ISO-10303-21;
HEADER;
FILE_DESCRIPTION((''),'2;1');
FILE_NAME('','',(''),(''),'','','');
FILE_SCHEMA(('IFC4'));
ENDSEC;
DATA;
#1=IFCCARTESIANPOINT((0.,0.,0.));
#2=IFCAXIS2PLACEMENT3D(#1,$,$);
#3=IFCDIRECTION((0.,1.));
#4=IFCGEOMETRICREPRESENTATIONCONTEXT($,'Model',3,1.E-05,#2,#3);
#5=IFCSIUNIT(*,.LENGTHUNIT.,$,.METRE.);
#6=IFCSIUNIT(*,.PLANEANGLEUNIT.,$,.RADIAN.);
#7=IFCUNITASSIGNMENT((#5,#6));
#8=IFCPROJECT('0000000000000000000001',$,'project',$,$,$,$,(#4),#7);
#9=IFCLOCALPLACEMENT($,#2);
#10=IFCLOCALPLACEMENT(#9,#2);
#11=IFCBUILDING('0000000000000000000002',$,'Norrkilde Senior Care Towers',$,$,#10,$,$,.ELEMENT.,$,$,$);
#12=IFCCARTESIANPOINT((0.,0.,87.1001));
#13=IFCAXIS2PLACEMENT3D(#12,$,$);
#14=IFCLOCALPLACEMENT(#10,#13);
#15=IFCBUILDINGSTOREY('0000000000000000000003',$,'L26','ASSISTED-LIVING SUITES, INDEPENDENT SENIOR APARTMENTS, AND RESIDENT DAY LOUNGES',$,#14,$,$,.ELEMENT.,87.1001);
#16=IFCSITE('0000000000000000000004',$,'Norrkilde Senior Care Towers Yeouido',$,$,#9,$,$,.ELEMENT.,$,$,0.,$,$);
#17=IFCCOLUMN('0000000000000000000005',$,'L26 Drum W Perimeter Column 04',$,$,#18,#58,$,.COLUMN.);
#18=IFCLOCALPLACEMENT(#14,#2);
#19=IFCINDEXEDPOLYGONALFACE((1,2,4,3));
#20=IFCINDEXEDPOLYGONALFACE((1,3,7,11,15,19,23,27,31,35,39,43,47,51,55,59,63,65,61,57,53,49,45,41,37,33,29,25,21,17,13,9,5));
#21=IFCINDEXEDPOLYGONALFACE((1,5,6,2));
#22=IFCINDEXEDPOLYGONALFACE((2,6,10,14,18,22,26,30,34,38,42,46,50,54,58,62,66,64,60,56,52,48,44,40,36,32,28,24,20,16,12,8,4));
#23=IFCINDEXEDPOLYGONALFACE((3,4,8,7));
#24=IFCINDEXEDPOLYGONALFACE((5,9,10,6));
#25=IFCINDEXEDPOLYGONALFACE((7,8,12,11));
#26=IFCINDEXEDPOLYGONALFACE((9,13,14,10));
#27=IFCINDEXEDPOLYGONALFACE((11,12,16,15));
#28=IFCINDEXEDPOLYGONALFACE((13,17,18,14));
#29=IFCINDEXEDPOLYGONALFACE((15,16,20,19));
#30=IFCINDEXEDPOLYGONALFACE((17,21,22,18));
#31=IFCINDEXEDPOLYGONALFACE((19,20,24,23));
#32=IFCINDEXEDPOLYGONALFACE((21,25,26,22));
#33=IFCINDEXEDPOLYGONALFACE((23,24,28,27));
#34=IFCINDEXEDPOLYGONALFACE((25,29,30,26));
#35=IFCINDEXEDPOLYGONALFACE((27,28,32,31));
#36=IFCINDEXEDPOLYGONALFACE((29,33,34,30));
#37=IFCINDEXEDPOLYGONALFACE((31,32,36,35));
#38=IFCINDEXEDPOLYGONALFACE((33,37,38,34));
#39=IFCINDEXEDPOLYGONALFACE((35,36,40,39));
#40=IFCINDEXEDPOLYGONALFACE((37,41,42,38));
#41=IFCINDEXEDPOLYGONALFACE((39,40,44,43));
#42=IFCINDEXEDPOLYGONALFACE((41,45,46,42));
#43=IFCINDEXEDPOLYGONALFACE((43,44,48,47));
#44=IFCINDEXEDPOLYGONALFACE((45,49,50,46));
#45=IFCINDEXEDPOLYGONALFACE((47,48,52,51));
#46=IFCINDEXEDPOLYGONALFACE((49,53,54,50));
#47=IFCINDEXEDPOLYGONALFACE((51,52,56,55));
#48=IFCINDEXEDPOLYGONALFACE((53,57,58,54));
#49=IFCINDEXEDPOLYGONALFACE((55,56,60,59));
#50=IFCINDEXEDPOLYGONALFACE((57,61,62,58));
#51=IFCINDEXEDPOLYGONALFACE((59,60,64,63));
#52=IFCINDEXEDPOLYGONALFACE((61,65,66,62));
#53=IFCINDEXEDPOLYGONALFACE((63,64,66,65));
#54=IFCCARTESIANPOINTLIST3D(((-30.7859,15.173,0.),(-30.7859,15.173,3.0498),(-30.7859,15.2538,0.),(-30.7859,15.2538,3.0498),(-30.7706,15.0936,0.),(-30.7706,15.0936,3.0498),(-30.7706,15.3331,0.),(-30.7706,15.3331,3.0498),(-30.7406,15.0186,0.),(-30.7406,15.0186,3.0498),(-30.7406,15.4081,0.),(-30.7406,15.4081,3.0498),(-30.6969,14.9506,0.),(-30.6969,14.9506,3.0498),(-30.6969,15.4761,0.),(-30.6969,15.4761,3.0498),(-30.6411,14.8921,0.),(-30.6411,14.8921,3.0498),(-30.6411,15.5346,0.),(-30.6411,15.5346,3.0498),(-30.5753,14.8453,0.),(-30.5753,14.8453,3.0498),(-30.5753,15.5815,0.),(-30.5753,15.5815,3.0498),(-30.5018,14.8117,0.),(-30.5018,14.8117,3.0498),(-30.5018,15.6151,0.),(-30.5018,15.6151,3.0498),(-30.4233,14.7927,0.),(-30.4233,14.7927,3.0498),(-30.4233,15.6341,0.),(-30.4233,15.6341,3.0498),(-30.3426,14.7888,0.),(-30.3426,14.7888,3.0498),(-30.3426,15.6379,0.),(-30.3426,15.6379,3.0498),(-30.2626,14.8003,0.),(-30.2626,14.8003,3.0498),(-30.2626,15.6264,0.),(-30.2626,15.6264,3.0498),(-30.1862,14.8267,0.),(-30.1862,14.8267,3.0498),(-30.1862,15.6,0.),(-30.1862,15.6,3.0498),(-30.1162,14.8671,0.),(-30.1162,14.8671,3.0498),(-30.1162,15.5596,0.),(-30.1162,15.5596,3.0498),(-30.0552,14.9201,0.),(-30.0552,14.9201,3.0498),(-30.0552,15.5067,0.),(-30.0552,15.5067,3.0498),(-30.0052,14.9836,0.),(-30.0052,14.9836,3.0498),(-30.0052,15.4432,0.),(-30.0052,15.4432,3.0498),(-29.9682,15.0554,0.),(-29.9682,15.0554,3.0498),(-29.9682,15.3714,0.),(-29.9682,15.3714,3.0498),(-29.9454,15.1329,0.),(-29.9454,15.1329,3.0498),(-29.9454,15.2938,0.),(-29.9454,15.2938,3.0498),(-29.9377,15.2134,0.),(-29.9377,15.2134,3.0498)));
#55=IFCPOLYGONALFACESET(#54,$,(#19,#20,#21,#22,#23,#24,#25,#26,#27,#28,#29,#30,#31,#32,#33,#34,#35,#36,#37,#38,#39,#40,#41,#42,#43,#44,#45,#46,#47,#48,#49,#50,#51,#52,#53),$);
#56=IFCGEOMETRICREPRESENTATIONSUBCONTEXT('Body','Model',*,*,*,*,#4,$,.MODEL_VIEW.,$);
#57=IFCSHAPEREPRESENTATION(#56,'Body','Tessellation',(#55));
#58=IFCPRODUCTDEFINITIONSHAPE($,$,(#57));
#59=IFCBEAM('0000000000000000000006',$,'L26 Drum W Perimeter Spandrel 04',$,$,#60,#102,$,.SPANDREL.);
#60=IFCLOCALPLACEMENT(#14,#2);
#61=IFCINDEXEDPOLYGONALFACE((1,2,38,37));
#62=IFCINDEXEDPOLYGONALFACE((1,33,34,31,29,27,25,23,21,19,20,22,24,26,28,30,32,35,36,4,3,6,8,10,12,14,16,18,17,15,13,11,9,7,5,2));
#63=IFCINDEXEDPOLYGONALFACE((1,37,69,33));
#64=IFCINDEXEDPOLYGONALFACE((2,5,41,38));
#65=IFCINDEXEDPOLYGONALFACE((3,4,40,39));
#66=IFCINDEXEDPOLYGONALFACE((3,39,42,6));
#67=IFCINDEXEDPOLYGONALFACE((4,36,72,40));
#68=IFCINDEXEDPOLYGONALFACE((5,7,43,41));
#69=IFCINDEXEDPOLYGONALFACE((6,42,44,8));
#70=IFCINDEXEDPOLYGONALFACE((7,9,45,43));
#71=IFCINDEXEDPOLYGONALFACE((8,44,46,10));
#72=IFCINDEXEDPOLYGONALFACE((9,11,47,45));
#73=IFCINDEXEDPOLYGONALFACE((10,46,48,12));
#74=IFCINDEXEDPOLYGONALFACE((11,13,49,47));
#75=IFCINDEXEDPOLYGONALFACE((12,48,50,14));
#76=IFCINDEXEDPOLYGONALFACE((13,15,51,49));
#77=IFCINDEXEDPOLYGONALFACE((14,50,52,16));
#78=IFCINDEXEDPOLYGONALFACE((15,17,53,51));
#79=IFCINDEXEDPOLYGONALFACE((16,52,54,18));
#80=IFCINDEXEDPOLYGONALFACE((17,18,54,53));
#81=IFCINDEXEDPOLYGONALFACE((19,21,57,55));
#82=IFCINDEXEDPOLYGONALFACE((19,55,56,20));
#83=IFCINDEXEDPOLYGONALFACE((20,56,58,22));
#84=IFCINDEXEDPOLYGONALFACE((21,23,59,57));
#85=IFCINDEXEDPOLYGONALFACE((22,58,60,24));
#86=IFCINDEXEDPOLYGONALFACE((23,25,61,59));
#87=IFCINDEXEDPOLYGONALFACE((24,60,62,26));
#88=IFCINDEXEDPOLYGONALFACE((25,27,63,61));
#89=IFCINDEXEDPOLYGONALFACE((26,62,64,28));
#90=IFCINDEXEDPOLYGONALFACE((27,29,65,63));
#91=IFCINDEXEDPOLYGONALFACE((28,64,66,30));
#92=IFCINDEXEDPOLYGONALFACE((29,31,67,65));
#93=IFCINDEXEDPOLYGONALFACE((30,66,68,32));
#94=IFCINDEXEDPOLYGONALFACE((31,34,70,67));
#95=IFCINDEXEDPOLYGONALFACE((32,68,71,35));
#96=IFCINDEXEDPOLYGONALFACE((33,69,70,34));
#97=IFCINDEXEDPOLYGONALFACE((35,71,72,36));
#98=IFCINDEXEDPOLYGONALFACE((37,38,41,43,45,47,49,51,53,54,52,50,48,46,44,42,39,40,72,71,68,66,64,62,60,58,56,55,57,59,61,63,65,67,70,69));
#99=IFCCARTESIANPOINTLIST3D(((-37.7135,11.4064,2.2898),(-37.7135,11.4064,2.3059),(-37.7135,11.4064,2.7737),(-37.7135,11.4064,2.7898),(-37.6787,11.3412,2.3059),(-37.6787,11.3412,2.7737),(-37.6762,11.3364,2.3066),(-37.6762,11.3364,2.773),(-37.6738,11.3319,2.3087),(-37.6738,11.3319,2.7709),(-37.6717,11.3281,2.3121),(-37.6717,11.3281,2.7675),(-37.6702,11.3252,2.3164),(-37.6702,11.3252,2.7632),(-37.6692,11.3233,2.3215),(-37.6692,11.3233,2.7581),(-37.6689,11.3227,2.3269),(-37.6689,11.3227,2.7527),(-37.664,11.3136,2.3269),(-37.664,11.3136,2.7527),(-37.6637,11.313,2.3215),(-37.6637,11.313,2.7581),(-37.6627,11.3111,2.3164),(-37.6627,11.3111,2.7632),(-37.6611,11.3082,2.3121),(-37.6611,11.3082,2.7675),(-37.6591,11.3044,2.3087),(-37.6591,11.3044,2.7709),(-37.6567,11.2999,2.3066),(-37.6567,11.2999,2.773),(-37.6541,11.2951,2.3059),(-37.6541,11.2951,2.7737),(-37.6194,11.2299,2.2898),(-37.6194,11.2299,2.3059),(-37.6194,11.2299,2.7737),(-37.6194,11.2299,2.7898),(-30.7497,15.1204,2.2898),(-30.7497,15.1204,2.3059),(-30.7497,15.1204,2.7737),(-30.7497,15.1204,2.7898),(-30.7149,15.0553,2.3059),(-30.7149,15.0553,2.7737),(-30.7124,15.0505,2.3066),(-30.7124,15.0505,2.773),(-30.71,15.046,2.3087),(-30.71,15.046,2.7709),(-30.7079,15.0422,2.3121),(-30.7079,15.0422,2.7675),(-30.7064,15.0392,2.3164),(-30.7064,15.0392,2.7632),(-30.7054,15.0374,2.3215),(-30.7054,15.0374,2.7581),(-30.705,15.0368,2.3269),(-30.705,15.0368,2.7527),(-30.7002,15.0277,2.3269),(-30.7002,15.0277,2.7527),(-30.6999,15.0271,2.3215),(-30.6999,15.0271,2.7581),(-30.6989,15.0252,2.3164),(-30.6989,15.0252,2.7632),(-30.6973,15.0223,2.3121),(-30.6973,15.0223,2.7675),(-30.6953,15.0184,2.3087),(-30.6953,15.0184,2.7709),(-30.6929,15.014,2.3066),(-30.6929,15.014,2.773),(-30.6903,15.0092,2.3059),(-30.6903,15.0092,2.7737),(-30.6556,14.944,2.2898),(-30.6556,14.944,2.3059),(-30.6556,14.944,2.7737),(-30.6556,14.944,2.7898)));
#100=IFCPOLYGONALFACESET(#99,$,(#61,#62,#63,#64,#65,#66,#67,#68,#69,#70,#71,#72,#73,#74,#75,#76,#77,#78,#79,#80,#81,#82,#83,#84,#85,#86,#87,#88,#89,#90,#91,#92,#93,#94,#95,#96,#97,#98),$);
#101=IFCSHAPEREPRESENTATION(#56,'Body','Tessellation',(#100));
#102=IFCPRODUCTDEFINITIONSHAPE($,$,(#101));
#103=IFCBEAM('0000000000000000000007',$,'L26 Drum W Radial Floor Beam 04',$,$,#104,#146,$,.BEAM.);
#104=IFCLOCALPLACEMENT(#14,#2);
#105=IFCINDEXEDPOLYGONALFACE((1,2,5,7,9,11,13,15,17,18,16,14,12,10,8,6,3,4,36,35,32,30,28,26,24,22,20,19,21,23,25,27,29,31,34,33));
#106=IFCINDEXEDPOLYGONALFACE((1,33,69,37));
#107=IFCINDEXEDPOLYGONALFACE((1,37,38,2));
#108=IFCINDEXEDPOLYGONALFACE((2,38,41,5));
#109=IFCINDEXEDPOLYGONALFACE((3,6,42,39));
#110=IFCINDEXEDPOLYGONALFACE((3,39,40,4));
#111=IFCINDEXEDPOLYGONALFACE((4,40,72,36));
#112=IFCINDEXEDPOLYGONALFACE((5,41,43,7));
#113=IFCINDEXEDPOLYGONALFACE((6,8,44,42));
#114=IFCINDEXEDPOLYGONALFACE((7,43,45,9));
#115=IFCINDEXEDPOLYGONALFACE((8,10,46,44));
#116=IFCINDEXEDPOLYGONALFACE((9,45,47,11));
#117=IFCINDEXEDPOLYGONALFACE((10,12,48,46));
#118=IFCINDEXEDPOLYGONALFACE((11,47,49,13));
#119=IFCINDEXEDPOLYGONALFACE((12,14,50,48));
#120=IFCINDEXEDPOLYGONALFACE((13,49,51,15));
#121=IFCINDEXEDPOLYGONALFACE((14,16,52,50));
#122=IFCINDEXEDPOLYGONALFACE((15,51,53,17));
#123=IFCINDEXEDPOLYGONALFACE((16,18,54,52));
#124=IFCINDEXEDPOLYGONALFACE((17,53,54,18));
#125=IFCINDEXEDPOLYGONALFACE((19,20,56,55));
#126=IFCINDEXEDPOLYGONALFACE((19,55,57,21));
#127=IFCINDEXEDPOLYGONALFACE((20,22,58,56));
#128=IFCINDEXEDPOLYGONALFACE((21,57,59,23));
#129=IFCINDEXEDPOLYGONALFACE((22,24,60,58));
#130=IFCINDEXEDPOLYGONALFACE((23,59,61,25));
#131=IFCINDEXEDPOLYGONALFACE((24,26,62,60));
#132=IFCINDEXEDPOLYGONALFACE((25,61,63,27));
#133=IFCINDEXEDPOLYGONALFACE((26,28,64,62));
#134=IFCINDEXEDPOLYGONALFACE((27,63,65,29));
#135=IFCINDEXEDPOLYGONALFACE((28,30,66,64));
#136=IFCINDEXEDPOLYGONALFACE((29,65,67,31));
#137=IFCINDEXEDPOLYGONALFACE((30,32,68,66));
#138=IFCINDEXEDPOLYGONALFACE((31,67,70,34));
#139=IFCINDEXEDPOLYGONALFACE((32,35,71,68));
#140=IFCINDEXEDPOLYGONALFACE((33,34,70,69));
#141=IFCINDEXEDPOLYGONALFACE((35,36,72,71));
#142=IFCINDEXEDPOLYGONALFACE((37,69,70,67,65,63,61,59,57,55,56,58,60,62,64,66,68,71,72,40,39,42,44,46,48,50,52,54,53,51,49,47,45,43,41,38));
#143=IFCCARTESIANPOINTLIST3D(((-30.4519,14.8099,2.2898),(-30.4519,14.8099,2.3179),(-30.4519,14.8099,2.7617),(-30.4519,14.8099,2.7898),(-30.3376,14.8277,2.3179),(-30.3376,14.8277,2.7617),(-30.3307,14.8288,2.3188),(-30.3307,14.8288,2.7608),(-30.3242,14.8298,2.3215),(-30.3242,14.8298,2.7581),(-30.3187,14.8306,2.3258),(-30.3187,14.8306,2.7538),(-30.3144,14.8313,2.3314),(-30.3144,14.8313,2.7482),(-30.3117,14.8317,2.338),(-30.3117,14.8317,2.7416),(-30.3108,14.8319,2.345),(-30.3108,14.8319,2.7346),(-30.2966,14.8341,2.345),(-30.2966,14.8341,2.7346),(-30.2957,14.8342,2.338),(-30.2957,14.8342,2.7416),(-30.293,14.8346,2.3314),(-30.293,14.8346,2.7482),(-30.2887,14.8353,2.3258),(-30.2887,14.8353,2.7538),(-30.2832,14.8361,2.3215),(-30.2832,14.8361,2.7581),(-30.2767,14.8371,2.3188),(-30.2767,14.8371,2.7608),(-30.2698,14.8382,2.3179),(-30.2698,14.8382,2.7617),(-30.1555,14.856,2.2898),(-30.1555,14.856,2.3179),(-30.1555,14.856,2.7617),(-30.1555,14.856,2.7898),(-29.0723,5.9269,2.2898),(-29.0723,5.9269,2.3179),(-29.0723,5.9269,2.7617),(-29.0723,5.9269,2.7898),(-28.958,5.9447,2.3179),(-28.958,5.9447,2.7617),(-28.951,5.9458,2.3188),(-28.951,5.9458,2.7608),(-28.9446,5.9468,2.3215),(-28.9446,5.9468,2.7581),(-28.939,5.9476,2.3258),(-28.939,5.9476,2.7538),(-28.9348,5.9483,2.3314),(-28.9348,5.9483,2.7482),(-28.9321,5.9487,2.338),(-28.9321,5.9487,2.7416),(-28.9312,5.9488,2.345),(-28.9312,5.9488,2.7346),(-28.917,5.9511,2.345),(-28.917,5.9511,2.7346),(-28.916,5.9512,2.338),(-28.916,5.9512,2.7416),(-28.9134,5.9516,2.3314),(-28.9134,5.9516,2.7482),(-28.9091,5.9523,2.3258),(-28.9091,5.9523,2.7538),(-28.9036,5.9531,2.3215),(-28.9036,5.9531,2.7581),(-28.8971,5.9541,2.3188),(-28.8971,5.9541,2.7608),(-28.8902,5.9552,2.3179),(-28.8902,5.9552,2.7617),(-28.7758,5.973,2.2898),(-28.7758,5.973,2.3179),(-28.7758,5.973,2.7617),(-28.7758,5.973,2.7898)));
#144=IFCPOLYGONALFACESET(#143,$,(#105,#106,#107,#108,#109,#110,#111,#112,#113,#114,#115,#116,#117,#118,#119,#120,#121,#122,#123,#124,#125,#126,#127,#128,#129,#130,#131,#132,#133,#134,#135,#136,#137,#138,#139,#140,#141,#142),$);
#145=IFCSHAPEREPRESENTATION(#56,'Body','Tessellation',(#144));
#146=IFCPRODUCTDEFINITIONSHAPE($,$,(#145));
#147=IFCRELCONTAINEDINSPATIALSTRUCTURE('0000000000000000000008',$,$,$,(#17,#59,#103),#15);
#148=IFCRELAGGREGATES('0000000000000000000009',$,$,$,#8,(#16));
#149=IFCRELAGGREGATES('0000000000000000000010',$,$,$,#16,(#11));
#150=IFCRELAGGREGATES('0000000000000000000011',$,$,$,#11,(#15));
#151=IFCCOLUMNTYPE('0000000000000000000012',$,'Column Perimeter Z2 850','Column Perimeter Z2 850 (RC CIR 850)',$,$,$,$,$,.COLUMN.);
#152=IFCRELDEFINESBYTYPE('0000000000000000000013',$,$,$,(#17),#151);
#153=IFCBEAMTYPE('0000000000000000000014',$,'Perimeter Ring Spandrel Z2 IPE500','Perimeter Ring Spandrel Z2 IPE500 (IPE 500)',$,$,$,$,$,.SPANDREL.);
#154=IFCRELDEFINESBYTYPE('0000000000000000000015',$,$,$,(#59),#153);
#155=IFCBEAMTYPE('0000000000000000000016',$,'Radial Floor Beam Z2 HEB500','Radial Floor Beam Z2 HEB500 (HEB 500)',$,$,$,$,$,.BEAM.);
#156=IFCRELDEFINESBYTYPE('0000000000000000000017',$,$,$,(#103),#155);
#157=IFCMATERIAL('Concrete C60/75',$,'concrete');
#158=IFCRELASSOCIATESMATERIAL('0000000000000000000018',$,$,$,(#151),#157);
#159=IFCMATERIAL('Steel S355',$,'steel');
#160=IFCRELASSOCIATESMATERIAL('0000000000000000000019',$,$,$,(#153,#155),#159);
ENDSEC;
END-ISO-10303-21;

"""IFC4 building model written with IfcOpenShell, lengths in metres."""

from ifc_helpers import new_model, si_unit, direction, frame, origin, origin_2d, place, context, subcontext, project, spatial, circle, i_section, extrude, source, transform, mapped, material, material_profile, profile_set, type_object, type_shapes, element, save


model = new_model("IFC4")

# Units and contexts
model_context = context("Model", 3, precision=1e-05, world=origin(), true_north=direction((0.0, 1.0)))
body_context = subcontext(model_context, "Body", "Model", "MODEL_VIEW")
ifc_project = project(units=[si_unit("LENGTHUNIT", "METRE"), si_unit("PLANEANGLEUNIT", "RADIAN")], contexts=[model_context])

# Site, building, storey
site_placement = place(None, origin())
site = spatial("IfcSite", under=ifc_project, at=site_placement, Name="Norrkilde Senior Care Towers Yeouido", CompositionType="ELEMENT", RefElevation=0.0)
building_placement = place(site_placement, origin())
building = spatial("IfcBuilding", under=site, at=building_placement, Name="Norrkilde Senior Care Towers", CompositionType="ELEMENT")
storey_placement = place(building_placement, frame((0.0, 0.0, 87.1001)))
storey = spatial("IfcBuildingStorey", under=building, at=storey_placement, Name="L26", Description="ASSISTED-LIVING SUITES, INDEPENDENT SENIOR APARTMENTS, AND RESIDENT DAY LOUNGES", CompositionType="ELEMENT", Elevation=87.1001)

# Column
ifc_material_1 = material(Name="Concrete C60/75", Category="concrete")
ifc_material_profile_1 = material_profile(ifc_material_1, circle(Radius=0.425, at=origin_2d()), Name="RC CIR 850")
ifc_profile_set_1 = profile_set([ifc_material_profile_1], Name="Concrete C60/75")
column_type = type_object("IfcColumnType", Name="Column Perimeter Z2 850", Description="Column Perimeter Z2 850 (RC CIR 850)", PredefinedType="COLUMN", material=ifc_profile_set_1)
shared_shape_1 = source(origin(), body_context, "Body", "SweptSolid", [
    extrude(circle(Radius=0.425, at=origin_2d()), origin(), (0.0, 0.0, 1.0), 3.0498),
])
type_shapes(column_type, [shared_shape_1])
column_placement = place(storey_placement, frame((-30.3628, 15.2134, 0.0), z_axis=(0.0, 0.0, 1.0), x_axis=(1.0, 0.0, 0.0)))
element("IfcColumn", 1, at=column_placement, inside=storey, type_object=column_type, Name="L26 Drum W Perimeter Column 04", PredefinedType="COLUMN", context=body_context, shape_type="MappedRepresentation", body=[
    mapped(shared_shape_1, transform((0.0, 0.0, 0.0), x_axis=(1.0, 0.0, 0.0), y_axis=(0.0, 1.0, 0.0), z_axis=(0.0, 0.0, 1.0), scale=1.0)),
])

# Beams
ifc_material_2 = material(Name="Steel S355", Category="steel")
ifc_material_profile_2 = material_profile(ifc_material_2, i_section(OverallWidth=0.2, OverallDepth=0.5, WebThickness=0.0103, FlangeThickness=0.0161, FilletRadius=0.021, at=origin_2d()), Name="IPE 500")
ifc_profile_set_2 = profile_set([ifc_material_profile_2], Name="Steel S355")
beam_type_1 = type_object("IfcBeamType", Name="Perimeter Ring Spandrel Z2 IPE500", Description="Perimeter Ring Spandrel Z2 IPE500 (IPE 500)", PredefinedType="SPANDREL", material=ifc_profile_set_2)
shared_shape_2 = source(origin(), body_context, "Body", "SweptSolid", [
    extrude(i_section(OverallWidth=0.2, OverallDepth=0.5, WebThickness=0.0103, FlangeThickness=0.0161, FilletRadius=0.021, at=origin_2d()), origin(), (0.0, 0.0, 1.0), 7.8923),
])
type_shapes(beam_type_1, [shared_shape_2])
beam_1_placement = place(storey_placement, frame((-30.7026, 15.0322, 2.5398), z_axis=(-0.88235, -0.470593, 0.0), x_axis=(0.470593, -0.88235, 0.0)))
element("IfcBeam", 2, at=beam_1_placement, inside=storey, type_object=beam_type_1, Name="L26 Drum W Perimeter Spandrel 04", PredefinedType="SPANDREL", context=body_context, shape_type="MappedRepresentation", body=[
    mapped(shared_shape_2, transform((0.0, 0.0, 0.0), x_axis=(1.0, 0.0, 0.0), y_axis=(0.0, 1.0, 0.0), z_axis=(0.0, 0.0, 1.0), scale=1.0)),
])
ifc_material_profile_3 = material_profile(ifc_material_2, i_section(OverallWidth=0.3, OverallDepth=0.5, WebThickness=0.0144, FlangeThickness=0.0281, FilletRadius=0.0271, at=origin_2d()), Name="HEB 500")
ifc_profile_set_3 = profile_set([ifc_material_profile_3], Name="Steel S355")
beam_type_2 = type_object("IfcBeamType", Name="Radial Floor Beam Z2 HEB500", Description="Radial Floor Beam Z2 HEB500 (HEB 500)", PredefinedType="BEAM", material=ifc_profile_set_3)
shared_shape_3 = source(origin(), body_context, "Body", "SweptSolid", [
    extrude(i_section(OverallWidth=0.3, OverallDepth=0.5, WebThickness=0.0144, FlangeThickness=0.0281, FilletRadius=0.0271, at=origin_2d()), origin(), (0.0, 0.0, 1.0), 8.9895),
])
beam_2_placement = place(storey_placement, frame((-28.9241, 5.95, 2.5398), z_axis=(-0.153471, 0.988153, 0.0), x_axis=(-0.988153, -0.153471, 0.0)))
element("IfcBeam", 3, at=beam_2_placement, inside=storey, type_object=beam_type_2, Name="L26 Drum W Radial Floor Beam 04", PredefinedType="BEAM", context=body_context, shape_type="MappedRepresentation", body=[
    mapped(shared_shape_3, transform((0.0, 0.0, 0.0), x_axis=(1.0, 0.0, 0.0), y_axis=(0.0, 1.0, 0.0), z_axis=(0.0, 0.0, 1.0), scale=1.0)),
])

save(model, "model.ifc")
